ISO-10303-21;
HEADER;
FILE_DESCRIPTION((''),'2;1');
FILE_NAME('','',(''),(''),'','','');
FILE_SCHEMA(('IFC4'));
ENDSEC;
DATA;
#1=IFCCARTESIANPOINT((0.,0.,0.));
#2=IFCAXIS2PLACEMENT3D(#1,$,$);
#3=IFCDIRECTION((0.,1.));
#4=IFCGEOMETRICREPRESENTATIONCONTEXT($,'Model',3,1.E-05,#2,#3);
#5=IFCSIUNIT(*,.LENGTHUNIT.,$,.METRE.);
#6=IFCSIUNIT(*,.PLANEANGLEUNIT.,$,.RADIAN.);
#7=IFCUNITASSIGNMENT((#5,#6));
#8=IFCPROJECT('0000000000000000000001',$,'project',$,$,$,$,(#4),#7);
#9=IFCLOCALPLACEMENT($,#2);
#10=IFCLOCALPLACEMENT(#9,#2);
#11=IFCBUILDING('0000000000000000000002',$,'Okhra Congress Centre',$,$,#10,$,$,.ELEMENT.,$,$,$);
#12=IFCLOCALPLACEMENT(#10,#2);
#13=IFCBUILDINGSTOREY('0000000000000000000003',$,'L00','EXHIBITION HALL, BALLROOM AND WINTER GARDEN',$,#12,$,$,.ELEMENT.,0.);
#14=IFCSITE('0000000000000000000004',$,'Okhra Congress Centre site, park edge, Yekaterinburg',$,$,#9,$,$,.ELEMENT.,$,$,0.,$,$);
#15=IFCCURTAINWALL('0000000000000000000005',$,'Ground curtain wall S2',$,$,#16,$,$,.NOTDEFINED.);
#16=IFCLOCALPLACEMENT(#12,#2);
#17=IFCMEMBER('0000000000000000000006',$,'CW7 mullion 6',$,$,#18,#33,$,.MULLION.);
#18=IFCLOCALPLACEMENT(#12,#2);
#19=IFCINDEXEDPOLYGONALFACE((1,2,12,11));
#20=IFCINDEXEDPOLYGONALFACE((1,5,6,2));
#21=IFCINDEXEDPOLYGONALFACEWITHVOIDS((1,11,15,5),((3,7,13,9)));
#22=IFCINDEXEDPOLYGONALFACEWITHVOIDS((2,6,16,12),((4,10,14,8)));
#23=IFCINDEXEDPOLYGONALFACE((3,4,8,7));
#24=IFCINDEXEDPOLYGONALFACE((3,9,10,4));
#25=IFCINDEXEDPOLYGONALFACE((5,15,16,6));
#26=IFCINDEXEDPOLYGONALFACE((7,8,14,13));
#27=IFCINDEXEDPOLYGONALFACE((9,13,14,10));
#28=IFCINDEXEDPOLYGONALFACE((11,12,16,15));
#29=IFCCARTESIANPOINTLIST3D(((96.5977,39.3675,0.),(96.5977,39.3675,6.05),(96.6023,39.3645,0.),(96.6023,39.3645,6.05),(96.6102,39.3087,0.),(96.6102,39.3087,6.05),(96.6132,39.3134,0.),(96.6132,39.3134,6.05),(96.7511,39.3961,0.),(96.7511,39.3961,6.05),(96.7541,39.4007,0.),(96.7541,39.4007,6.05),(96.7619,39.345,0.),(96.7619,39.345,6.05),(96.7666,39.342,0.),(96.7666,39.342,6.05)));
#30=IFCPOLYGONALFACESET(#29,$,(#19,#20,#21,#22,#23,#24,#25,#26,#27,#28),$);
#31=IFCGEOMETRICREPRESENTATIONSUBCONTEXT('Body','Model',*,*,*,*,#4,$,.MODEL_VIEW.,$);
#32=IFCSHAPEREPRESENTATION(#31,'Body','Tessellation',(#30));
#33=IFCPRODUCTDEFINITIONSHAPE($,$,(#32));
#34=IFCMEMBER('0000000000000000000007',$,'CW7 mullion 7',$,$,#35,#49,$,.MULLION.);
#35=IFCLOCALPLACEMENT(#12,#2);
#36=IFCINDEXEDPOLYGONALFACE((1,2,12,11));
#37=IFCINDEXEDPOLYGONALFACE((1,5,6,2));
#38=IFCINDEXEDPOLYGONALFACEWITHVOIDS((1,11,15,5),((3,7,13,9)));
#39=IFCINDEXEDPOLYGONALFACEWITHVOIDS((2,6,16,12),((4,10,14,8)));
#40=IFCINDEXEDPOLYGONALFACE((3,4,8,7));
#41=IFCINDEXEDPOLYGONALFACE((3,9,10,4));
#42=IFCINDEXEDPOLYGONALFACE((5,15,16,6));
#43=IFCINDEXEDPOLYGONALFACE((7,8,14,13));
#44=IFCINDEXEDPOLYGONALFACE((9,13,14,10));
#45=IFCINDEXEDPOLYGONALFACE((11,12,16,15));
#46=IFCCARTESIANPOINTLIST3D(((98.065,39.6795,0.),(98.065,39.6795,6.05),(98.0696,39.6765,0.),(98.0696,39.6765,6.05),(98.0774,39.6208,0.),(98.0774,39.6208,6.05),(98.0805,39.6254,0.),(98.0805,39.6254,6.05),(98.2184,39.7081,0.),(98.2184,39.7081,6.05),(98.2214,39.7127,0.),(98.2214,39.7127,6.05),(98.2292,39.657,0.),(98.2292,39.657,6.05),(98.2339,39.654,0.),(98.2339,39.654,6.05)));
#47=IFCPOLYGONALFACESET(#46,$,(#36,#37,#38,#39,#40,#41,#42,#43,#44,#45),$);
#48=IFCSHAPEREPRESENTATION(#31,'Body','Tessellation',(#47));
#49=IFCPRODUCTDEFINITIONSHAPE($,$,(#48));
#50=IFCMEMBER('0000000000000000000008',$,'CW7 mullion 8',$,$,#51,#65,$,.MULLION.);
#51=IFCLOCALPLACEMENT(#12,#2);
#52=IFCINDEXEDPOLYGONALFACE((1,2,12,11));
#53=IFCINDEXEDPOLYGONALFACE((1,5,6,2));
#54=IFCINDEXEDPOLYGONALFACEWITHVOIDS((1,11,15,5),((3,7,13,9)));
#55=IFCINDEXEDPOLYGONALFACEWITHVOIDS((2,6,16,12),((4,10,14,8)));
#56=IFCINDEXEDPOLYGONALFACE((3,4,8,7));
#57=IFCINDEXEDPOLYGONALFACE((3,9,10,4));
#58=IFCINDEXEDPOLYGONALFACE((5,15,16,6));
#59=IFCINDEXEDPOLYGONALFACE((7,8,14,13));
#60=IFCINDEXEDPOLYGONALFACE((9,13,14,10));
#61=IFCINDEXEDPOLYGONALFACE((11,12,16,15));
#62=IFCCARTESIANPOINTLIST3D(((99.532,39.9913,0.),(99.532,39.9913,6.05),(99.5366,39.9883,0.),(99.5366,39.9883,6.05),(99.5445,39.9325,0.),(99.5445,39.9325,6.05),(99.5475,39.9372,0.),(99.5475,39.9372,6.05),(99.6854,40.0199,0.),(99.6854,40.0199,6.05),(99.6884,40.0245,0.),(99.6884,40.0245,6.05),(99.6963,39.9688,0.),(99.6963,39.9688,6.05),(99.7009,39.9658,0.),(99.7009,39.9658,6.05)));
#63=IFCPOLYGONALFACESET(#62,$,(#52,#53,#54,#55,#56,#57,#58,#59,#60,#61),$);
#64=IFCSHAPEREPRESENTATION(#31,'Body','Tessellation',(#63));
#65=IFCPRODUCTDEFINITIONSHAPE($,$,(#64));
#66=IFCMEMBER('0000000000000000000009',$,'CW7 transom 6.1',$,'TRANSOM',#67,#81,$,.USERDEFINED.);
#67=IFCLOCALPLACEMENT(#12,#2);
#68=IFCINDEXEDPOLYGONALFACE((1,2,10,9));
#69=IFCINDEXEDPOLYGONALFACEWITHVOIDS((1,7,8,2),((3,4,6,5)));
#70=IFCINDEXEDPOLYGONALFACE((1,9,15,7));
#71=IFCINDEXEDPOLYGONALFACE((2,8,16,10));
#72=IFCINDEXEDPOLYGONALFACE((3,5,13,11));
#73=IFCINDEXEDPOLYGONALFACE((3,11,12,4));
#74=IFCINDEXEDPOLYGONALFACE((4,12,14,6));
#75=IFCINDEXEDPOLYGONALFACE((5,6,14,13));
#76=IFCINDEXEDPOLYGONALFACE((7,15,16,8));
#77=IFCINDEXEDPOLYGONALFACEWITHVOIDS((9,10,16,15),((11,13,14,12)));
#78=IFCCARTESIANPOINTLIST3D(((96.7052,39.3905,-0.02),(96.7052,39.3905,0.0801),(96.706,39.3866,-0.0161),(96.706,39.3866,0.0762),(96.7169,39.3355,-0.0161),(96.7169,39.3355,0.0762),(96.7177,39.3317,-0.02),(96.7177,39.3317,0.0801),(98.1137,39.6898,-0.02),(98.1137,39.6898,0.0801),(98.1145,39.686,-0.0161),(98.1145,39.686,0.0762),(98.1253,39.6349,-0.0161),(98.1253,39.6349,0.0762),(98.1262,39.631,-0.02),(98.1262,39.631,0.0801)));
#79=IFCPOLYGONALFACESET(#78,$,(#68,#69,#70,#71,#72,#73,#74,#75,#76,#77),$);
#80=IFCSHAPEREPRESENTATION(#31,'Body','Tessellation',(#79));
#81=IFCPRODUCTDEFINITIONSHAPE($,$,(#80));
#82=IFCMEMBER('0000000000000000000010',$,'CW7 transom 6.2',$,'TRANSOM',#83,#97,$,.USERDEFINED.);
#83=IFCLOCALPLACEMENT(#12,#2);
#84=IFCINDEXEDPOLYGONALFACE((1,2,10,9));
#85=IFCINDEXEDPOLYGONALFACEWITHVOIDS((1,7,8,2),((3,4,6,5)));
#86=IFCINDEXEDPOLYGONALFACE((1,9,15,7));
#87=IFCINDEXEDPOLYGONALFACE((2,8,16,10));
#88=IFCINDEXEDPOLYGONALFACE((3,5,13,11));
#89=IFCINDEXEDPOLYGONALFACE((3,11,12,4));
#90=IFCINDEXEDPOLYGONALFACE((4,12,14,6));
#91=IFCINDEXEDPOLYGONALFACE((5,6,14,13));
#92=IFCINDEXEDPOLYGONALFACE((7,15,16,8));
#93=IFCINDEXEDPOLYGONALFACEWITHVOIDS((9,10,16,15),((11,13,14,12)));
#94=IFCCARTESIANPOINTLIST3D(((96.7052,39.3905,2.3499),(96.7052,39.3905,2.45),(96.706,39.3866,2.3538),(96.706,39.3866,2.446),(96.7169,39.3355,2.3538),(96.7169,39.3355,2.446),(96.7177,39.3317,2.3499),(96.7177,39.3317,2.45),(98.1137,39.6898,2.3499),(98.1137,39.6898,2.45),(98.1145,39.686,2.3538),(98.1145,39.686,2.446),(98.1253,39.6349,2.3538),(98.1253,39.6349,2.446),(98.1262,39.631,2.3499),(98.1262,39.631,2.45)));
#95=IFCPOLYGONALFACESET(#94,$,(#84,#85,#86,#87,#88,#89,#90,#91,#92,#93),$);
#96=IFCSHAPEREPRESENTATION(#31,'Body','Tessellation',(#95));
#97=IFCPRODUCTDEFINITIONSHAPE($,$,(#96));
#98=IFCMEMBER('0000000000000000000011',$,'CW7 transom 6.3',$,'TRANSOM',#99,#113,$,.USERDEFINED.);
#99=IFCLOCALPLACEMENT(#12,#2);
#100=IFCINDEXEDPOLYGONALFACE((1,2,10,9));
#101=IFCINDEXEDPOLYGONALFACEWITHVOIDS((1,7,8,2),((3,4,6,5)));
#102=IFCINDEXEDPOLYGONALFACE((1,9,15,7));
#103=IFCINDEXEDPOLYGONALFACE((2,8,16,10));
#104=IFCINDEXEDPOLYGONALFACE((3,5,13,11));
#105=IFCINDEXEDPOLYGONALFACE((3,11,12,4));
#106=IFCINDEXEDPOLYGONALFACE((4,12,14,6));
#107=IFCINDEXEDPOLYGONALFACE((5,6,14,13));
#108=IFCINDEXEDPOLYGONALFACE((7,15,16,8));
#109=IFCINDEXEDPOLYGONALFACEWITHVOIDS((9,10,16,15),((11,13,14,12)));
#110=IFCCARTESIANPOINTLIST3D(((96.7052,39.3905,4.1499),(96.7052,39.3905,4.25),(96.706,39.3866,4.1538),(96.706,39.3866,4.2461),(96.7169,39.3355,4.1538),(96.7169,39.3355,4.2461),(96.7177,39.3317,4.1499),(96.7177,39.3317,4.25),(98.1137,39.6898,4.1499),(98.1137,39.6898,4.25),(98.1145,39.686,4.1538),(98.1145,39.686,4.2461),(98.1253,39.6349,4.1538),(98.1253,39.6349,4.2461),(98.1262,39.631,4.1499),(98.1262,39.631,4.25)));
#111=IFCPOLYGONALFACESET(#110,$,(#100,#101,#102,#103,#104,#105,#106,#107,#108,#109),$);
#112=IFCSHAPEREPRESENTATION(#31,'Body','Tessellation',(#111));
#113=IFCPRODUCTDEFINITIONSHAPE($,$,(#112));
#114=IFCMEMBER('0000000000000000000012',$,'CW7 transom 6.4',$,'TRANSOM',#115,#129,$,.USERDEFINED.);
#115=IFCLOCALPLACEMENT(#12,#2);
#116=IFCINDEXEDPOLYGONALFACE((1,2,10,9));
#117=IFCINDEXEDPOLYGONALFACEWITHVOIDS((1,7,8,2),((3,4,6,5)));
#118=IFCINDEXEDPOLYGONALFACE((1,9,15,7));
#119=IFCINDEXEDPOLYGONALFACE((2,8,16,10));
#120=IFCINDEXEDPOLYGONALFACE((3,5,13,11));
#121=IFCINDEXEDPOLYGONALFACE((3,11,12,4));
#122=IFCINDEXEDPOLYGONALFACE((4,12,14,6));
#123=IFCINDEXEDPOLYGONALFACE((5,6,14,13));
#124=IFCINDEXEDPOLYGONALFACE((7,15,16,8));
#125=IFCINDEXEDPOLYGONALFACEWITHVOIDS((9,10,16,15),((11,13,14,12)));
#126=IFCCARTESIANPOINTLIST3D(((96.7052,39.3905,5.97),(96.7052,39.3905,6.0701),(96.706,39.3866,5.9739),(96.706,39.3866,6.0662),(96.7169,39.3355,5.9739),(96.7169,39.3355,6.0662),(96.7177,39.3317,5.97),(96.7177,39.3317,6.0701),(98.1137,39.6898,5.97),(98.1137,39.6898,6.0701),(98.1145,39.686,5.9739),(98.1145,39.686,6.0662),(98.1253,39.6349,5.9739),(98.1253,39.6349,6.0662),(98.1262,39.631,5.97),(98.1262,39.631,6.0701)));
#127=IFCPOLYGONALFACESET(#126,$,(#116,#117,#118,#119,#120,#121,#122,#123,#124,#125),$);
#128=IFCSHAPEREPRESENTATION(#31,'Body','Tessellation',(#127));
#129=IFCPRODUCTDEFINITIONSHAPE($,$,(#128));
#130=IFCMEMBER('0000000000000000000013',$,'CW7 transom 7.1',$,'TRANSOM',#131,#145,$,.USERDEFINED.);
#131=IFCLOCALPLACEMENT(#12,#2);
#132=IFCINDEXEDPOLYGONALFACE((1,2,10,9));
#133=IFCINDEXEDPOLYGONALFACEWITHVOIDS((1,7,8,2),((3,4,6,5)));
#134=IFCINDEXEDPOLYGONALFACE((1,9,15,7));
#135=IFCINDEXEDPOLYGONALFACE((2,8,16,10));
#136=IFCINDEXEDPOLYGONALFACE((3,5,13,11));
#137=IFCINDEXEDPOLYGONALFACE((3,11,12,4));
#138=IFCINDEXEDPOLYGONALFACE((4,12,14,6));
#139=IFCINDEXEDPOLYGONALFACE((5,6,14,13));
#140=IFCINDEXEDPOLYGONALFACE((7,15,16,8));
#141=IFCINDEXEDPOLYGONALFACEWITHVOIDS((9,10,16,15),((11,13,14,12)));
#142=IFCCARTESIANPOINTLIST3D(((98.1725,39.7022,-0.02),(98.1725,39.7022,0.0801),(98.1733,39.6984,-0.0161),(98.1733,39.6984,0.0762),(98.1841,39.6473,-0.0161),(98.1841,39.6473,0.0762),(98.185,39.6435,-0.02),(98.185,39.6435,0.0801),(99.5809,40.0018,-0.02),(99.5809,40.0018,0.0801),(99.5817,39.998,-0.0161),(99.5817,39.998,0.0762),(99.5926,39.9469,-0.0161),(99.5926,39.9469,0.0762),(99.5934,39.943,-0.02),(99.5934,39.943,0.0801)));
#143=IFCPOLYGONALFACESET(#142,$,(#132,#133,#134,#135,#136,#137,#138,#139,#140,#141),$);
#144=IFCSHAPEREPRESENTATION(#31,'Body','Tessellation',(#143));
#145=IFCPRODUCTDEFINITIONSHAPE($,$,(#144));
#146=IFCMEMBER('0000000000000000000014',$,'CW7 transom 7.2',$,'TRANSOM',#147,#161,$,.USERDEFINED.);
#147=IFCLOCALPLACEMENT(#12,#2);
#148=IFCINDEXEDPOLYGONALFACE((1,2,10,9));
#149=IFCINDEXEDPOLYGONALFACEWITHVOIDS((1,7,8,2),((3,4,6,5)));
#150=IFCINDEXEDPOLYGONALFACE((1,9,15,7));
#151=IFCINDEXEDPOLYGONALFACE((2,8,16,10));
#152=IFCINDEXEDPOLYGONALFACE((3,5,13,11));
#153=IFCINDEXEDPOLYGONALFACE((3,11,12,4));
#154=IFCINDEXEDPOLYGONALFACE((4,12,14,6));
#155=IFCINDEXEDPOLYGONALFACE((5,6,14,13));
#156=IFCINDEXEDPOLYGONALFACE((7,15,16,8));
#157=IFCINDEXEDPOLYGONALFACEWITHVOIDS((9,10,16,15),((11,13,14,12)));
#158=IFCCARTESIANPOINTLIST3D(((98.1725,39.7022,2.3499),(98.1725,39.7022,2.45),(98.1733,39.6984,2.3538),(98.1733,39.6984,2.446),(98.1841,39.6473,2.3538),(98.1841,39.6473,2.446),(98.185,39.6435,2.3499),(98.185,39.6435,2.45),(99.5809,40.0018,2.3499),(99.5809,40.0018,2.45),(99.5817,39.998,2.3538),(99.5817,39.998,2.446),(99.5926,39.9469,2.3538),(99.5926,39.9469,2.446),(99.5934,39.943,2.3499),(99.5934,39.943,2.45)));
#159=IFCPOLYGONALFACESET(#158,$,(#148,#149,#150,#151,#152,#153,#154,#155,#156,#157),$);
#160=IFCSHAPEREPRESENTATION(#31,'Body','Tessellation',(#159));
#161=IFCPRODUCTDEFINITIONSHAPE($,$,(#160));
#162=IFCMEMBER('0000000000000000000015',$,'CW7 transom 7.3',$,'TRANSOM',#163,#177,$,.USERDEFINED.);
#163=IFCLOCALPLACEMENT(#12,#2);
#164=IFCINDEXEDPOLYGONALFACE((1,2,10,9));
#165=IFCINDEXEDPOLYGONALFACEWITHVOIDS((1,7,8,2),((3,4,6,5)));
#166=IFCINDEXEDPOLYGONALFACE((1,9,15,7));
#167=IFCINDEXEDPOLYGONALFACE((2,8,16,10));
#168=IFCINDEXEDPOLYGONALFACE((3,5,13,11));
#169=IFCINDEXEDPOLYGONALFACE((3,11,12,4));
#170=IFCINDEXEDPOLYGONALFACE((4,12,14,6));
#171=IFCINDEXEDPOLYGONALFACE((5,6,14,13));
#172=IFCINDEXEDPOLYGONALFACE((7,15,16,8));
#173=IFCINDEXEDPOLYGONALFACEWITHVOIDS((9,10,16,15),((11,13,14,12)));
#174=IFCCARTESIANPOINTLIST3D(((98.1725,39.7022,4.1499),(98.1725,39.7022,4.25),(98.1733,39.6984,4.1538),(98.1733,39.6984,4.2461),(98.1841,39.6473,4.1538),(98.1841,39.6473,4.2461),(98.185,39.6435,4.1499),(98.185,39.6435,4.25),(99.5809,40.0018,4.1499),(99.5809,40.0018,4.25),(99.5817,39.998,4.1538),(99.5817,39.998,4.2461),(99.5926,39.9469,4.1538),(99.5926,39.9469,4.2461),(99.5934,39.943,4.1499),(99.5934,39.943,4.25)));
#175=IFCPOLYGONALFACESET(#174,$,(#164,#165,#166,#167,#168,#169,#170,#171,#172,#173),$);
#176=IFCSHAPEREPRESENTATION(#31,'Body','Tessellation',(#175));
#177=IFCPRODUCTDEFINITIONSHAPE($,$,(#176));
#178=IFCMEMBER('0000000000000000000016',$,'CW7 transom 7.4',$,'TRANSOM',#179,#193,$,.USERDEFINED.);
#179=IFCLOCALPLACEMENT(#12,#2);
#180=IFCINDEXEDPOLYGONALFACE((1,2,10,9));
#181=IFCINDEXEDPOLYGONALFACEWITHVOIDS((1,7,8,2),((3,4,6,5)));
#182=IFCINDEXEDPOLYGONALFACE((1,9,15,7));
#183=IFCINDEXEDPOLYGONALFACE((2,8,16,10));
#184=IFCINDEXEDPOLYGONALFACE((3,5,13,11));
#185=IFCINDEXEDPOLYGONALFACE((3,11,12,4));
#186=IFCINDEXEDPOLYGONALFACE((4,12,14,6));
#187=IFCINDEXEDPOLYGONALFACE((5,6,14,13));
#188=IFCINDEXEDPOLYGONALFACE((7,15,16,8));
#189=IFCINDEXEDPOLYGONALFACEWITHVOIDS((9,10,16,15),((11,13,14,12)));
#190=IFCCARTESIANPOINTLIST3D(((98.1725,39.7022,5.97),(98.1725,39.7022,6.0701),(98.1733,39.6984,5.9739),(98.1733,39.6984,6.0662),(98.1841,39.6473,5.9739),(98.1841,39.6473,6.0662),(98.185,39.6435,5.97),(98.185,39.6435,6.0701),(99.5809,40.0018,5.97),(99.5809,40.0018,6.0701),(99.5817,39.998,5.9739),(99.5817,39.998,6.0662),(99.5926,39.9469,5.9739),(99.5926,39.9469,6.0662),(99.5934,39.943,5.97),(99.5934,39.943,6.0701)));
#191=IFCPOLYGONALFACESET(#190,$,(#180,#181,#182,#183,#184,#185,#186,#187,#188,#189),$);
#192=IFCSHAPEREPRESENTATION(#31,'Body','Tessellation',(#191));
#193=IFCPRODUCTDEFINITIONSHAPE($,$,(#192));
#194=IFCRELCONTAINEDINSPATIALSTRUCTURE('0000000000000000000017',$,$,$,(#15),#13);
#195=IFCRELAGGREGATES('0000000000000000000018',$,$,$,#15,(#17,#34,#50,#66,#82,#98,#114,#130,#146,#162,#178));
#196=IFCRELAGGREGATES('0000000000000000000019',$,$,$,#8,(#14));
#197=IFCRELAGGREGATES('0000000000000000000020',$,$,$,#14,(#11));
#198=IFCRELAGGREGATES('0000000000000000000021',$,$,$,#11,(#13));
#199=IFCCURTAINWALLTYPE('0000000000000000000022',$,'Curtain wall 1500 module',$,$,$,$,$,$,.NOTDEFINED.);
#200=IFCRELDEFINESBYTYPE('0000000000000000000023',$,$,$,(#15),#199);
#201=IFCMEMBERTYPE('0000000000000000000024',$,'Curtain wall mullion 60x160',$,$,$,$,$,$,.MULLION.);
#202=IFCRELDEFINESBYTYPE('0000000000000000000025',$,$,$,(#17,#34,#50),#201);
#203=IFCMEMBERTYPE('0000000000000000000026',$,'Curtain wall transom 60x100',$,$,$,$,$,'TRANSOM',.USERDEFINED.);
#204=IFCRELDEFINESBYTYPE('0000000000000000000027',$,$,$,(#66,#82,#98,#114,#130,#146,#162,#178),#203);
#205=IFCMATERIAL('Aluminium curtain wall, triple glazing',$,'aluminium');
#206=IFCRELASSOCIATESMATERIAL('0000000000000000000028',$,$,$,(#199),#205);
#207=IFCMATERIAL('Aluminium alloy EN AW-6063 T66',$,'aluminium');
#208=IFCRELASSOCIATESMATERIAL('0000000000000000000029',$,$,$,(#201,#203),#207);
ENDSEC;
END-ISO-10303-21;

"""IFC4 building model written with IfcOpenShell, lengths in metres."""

from ifc_helpers import new_model, si_unit, direction, frame, origin, origin_2d, place, context, subcontext, project, spatial, hollow_rectangle, extrude, material, material_profile, profile_set, type_object, element, aggregate, save


model = new_model("IFC4")

# Units and contexts
model_context = context("Model", 3, precision=1e-05, world=origin(), true_north=direction((0.0, 1.0)))
body_context = subcontext(model_context, "Body", "Model", "MODEL_VIEW")
ifc_project = project(units=[si_unit("LENGTHUNIT", "METRE"), si_unit("PLANEANGLEUNIT", "RADIAN")], contexts=[model_context])

# Site, building, storey
site_placement = place(None, origin())
site = spatial("IfcSite", under=ifc_project, at=site_placement, Name="Okhra Congress Centre site, park edge, Yekaterinburg", CompositionType="ELEMENT", RefElevation=0.0)
building_placement = place(site_placement, origin())
building = spatial("IfcBuilding", under=site, at=building_placement, Name="Okhra Congress Centre", CompositionType="ELEMENT")
storey_placement = place(building_placement, origin())
storey = spatial("IfcBuildingStorey", under=building, at=storey_placement, Name="L00", Description="EXHIBITION HALL, BALLROOM AND WINTER GARDEN", CompositionType="ELEMENT", Elevation=0.0)

# Curtain wall, members
ifc_material_1 = material(Name="Aluminium curtain wall, triple glazing", Category="aluminium")
curtain_wall_type = type_object("IfcCurtainWallType", Name="Curtain wall 1500 module", PredefinedType="NOTDEFINED", material=ifc_material_1)
curtain_wall_placement = place(storey_placement, origin())
curtain_wall = element("IfcCurtainWall", 1, at=curtain_wall_placement, inside=storey, type_object=curtain_wall_type, Name="Ground curtain wall S2", PredefinedType="NOTDEFINED")
ifc_material_2 = material(Name="Aluminium alloy EN AW-6063 T66", Category="aluminium")
ifc_material_profile_1 = material_profile(ifc_material_2, hollow_rectangle(XDim=0.0601, YDim=0.1599, WallThickness=0.0039, at=origin_2d()), Name="RHS 60x160x4")
ifc_profile_set_1 = profile_set([ifc_material_profile_1], Name="Aluminium alloy EN AW-6063 T66")
member_type_1 = type_object("IfcMemberType", Name="Curtain wall mullion 60x160", PredefinedType="MULLION", material=ifc_profile_set_1)
member_1_placement = place(storey_placement, frame((96.6821, 39.3547, 0.0), z_axis=(0.0, 0.0, 1.0), x_axis=(-0.207912, 0.978148, 0.0)))
member_1 = element("IfcMember", 2, at=member_1_placement, type_object=member_type_1, Name="CW7 mullion 6", PredefinedType="MULLION", context=body_context, shape_type="SweptSolid", body=[
    extrude(hollow_rectangle(XDim=0.0601, YDim=0.1599, WallThickness=0.0039, at=origin_2d()), origin(), (0.0, 0.0, 1.0), 6.05),
])
member_2_placement = place(storey_placement, frame((98.1494, 39.6667, 0.0), z_axis=(0.0, 0.0, 1.0), x_axis=(-0.207912, 0.978148, 0.0)))
member_2 = element("IfcMember", 3, at=member_2_placement, type_object=member_type_1, Name="CW7 mullion 7", PredefinedType="MULLION", context=body_context, shape_type="SweptSolid", body=[
    extrude(hollow_rectangle(XDim=0.0601, YDim=0.1599, WallThickness=0.0039, at=origin_2d()), origin(), (0.0, 0.0, 1.0), 6.05),
])
member_3_placement = place(storey_placement, frame((99.6165, 39.9785, 0.0), z_axis=(0.0, 0.0, 1.0), x_axis=(-0.207912, 0.978148, 0.0)))
member_3 = element("IfcMember", 4, at=member_3_placement, type_object=member_type_1, Name="CW7 mullion 8", PredefinedType="MULLION", context=body_context, shape_type="SweptSolid", body=[
    extrude(hollow_rectangle(XDim=0.0601, YDim=0.1599, WallThickness=0.0039, at=origin_2d()), origin(), (0.0, 0.0, 1.0), 6.05),
])
ifc_material_profile_2 = material_profile(ifc_material_2, hollow_rectangle(XDim=0.0601, YDim=0.1001, WallThickness=0.0039, at=origin_2d()), Name="RHS 60x100x4")
ifc_profile_set_2 = profile_set([ifc_material_profile_2], Name="Aluminium alloy EN AW-6063 T66")
member_type_2 = type_object("IfcMemberType", Name="Curtain wall transom 60x100", ElementType="TRANSOM", PredefinedType="USERDEFINED", material=ifc_profile_set_2)
member_4_placement = place(storey_placement, frame((96.7114, 39.3611, 0.03), z_axis=(0.978156, 0.207873, 0.0), x_axis=(-0.207873, 0.978156, 0.0)))
member_4 = element("IfcMember", 5, at=member_4_placement, type_object=member_type_2, Name="CW7 transom 6.1", ObjectType="TRANSOM", PredefinedType="USERDEFINED", context=body_context, shape_type="SweptSolid", body=[
    extrude(hollow_rectangle(XDim=0.0601, YDim=0.1001, WallThickness=0.0039, at=origin_2d()), origin(), (0.0, 0.0, 1.0), 1.4399),
])
member_5_placement = place(storey_placement, frame((96.7114, 39.3611, 2.3999), z_axis=(0.978156, 0.207873, 0.0), x_axis=(-0.207873, 0.978156, 0.0)))
member_5 = element("IfcMember", 6, at=member_5_placement, type_object=member_type_2, Name="CW7 transom 6.2", ObjectType="TRANSOM", PredefinedType="USERDEFINED", context=body_context, shape_type="SweptSolid", body=[
    extrude(hollow_rectangle(XDim=0.0601, YDim=0.1001, WallThickness=0.0039, at=origin_2d()), origin(), (0.0, 0.0, 1.0), 1.4399),
])
member_6_placement = place(storey_placement, frame((96.7114, 39.3611, 4.2), z_axis=(0.978156, 0.207873, 0.0), x_axis=(-0.207873, 0.978156, 0.0)))
member_6 = element("IfcMember", 7, at=member_6_placement, type_object=member_type_2, Name="CW7 transom 6.3", ObjectType="TRANSOM", PredefinedType="USERDEFINED", context=body_context, shape_type="SweptSolid", body=[
    extrude(hollow_rectangle(XDim=0.0601, YDim=0.1001, WallThickness=0.0039, at=origin_2d()), origin(), (0.0, 0.0, 1.0), 1.4399),
])
member_7_placement = place(storey_placement, frame((96.7114, 39.3611, 6.02), z_axis=(0.978156, 0.207873, 0.0), x_axis=(-0.207873, 0.978156, 0.0)))
member_7 = element("IfcMember", 8, at=member_7_placement, type_object=member_type_2, Name="CW7 transom 6.4", ObjectType="TRANSOM", PredefinedType="USERDEFINED", context=body_context, shape_type="SweptSolid", body=[
    extrude(hollow_rectangle(XDim=0.0601, YDim=0.1001, WallThickness=0.0039, at=origin_2d()), origin(), (0.0, 0.0, 1.0), 1.4399),
])
member_8_placement = place(storey_placement, frame((98.1787, 39.6729, 0.03), z_axis=(0.978121, 0.208035, 0.0), x_axis=(-0.208035, 0.978121, 0.0)))
member_8 = element("IfcMember", 9, at=member_8_placement, type_object=member_type_2, Name="CW7 transom 7.1", ObjectType="TRANSOM", PredefinedType="USERDEFINED", context=body_context, shape_type="SweptSolid", body=[
    extrude(hollow_rectangle(XDim=0.0601, YDim=0.1001, WallThickness=0.0039, at=origin_2d()), origin(), (0.0, 0.0, 1.0), 1.4399),
])
member_9_placement = place(storey_placement, frame((98.1787, 39.6729, 2.3999), z_axis=(0.978121, 0.208035, 0.0), x_axis=(-0.208035, 0.978121, 0.0)))
member_9 = element("IfcMember", 10, at=member_9_placement, type_object=member_type_2, Name="CW7 transom 7.2", ObjectType="TRANSOM", PredefinedType="USERDEFINED", context=body_context, shape_type="SweptSolid", body=[
    extrude(hollow_rectangle(XDim=0.0601, YDim=0.1001, WallThickness=0.0039, at=origin_2d()), origin(), (0.0, 0.0, 1.0), 1.4399),
])
member_10_placement = place(storey_placement, frame((98.1787, 39.6729, 4.2), z_axis=(0.978121, 0.208035, 0.0), x_axis=(-0.208035, 0.978121, 0.0)))
member_10 = element("IfcMember", 11, at=member_10_placement, type_object=member_type_2, Name="CW7 transom 7.3", ObjectType="TRANSOM", PredefinedType="USERDEFINED", context=body_context, shape_type="SweptSolid", body=[
    extrude(hollow_rectangle(XDim=0.0601, YDim=0.1001, WallThickness=0.0039, at=origin_2d()), origin(), (0.0, 0.0, 1.0), 1.4399),
])
member_11_placement = place(storey_placement, frame((98.1787, 39.6729, 6.02), z_axis=(0.978121, 0.208035, 0.0), x_axis=(-0.208035, 0.978121, 0.0)))
member_11 = element("IfcMember", 12, at=member_11_placement, type_object=member_type_2, Name="CW7 transom 7.4", ObjectType="TRANSOM", PredefinedType="USERDEFINED", context=body_context, shape_type="SweptSolid", body=[
    extrude(hollow_rectangle(XDim=0.0601, YDim=0.1001, WallThickness=0.0039, at=origin_2d()), origin(), (0.0, 0.0, 1.0), 1.4399),
])
aggregate(curtain_wall, [member_1, member_2, member_3, member_4, member_5, member_6, member_7, member_8, member_9, member_10, member_11])

save(model, "model.ifc")
